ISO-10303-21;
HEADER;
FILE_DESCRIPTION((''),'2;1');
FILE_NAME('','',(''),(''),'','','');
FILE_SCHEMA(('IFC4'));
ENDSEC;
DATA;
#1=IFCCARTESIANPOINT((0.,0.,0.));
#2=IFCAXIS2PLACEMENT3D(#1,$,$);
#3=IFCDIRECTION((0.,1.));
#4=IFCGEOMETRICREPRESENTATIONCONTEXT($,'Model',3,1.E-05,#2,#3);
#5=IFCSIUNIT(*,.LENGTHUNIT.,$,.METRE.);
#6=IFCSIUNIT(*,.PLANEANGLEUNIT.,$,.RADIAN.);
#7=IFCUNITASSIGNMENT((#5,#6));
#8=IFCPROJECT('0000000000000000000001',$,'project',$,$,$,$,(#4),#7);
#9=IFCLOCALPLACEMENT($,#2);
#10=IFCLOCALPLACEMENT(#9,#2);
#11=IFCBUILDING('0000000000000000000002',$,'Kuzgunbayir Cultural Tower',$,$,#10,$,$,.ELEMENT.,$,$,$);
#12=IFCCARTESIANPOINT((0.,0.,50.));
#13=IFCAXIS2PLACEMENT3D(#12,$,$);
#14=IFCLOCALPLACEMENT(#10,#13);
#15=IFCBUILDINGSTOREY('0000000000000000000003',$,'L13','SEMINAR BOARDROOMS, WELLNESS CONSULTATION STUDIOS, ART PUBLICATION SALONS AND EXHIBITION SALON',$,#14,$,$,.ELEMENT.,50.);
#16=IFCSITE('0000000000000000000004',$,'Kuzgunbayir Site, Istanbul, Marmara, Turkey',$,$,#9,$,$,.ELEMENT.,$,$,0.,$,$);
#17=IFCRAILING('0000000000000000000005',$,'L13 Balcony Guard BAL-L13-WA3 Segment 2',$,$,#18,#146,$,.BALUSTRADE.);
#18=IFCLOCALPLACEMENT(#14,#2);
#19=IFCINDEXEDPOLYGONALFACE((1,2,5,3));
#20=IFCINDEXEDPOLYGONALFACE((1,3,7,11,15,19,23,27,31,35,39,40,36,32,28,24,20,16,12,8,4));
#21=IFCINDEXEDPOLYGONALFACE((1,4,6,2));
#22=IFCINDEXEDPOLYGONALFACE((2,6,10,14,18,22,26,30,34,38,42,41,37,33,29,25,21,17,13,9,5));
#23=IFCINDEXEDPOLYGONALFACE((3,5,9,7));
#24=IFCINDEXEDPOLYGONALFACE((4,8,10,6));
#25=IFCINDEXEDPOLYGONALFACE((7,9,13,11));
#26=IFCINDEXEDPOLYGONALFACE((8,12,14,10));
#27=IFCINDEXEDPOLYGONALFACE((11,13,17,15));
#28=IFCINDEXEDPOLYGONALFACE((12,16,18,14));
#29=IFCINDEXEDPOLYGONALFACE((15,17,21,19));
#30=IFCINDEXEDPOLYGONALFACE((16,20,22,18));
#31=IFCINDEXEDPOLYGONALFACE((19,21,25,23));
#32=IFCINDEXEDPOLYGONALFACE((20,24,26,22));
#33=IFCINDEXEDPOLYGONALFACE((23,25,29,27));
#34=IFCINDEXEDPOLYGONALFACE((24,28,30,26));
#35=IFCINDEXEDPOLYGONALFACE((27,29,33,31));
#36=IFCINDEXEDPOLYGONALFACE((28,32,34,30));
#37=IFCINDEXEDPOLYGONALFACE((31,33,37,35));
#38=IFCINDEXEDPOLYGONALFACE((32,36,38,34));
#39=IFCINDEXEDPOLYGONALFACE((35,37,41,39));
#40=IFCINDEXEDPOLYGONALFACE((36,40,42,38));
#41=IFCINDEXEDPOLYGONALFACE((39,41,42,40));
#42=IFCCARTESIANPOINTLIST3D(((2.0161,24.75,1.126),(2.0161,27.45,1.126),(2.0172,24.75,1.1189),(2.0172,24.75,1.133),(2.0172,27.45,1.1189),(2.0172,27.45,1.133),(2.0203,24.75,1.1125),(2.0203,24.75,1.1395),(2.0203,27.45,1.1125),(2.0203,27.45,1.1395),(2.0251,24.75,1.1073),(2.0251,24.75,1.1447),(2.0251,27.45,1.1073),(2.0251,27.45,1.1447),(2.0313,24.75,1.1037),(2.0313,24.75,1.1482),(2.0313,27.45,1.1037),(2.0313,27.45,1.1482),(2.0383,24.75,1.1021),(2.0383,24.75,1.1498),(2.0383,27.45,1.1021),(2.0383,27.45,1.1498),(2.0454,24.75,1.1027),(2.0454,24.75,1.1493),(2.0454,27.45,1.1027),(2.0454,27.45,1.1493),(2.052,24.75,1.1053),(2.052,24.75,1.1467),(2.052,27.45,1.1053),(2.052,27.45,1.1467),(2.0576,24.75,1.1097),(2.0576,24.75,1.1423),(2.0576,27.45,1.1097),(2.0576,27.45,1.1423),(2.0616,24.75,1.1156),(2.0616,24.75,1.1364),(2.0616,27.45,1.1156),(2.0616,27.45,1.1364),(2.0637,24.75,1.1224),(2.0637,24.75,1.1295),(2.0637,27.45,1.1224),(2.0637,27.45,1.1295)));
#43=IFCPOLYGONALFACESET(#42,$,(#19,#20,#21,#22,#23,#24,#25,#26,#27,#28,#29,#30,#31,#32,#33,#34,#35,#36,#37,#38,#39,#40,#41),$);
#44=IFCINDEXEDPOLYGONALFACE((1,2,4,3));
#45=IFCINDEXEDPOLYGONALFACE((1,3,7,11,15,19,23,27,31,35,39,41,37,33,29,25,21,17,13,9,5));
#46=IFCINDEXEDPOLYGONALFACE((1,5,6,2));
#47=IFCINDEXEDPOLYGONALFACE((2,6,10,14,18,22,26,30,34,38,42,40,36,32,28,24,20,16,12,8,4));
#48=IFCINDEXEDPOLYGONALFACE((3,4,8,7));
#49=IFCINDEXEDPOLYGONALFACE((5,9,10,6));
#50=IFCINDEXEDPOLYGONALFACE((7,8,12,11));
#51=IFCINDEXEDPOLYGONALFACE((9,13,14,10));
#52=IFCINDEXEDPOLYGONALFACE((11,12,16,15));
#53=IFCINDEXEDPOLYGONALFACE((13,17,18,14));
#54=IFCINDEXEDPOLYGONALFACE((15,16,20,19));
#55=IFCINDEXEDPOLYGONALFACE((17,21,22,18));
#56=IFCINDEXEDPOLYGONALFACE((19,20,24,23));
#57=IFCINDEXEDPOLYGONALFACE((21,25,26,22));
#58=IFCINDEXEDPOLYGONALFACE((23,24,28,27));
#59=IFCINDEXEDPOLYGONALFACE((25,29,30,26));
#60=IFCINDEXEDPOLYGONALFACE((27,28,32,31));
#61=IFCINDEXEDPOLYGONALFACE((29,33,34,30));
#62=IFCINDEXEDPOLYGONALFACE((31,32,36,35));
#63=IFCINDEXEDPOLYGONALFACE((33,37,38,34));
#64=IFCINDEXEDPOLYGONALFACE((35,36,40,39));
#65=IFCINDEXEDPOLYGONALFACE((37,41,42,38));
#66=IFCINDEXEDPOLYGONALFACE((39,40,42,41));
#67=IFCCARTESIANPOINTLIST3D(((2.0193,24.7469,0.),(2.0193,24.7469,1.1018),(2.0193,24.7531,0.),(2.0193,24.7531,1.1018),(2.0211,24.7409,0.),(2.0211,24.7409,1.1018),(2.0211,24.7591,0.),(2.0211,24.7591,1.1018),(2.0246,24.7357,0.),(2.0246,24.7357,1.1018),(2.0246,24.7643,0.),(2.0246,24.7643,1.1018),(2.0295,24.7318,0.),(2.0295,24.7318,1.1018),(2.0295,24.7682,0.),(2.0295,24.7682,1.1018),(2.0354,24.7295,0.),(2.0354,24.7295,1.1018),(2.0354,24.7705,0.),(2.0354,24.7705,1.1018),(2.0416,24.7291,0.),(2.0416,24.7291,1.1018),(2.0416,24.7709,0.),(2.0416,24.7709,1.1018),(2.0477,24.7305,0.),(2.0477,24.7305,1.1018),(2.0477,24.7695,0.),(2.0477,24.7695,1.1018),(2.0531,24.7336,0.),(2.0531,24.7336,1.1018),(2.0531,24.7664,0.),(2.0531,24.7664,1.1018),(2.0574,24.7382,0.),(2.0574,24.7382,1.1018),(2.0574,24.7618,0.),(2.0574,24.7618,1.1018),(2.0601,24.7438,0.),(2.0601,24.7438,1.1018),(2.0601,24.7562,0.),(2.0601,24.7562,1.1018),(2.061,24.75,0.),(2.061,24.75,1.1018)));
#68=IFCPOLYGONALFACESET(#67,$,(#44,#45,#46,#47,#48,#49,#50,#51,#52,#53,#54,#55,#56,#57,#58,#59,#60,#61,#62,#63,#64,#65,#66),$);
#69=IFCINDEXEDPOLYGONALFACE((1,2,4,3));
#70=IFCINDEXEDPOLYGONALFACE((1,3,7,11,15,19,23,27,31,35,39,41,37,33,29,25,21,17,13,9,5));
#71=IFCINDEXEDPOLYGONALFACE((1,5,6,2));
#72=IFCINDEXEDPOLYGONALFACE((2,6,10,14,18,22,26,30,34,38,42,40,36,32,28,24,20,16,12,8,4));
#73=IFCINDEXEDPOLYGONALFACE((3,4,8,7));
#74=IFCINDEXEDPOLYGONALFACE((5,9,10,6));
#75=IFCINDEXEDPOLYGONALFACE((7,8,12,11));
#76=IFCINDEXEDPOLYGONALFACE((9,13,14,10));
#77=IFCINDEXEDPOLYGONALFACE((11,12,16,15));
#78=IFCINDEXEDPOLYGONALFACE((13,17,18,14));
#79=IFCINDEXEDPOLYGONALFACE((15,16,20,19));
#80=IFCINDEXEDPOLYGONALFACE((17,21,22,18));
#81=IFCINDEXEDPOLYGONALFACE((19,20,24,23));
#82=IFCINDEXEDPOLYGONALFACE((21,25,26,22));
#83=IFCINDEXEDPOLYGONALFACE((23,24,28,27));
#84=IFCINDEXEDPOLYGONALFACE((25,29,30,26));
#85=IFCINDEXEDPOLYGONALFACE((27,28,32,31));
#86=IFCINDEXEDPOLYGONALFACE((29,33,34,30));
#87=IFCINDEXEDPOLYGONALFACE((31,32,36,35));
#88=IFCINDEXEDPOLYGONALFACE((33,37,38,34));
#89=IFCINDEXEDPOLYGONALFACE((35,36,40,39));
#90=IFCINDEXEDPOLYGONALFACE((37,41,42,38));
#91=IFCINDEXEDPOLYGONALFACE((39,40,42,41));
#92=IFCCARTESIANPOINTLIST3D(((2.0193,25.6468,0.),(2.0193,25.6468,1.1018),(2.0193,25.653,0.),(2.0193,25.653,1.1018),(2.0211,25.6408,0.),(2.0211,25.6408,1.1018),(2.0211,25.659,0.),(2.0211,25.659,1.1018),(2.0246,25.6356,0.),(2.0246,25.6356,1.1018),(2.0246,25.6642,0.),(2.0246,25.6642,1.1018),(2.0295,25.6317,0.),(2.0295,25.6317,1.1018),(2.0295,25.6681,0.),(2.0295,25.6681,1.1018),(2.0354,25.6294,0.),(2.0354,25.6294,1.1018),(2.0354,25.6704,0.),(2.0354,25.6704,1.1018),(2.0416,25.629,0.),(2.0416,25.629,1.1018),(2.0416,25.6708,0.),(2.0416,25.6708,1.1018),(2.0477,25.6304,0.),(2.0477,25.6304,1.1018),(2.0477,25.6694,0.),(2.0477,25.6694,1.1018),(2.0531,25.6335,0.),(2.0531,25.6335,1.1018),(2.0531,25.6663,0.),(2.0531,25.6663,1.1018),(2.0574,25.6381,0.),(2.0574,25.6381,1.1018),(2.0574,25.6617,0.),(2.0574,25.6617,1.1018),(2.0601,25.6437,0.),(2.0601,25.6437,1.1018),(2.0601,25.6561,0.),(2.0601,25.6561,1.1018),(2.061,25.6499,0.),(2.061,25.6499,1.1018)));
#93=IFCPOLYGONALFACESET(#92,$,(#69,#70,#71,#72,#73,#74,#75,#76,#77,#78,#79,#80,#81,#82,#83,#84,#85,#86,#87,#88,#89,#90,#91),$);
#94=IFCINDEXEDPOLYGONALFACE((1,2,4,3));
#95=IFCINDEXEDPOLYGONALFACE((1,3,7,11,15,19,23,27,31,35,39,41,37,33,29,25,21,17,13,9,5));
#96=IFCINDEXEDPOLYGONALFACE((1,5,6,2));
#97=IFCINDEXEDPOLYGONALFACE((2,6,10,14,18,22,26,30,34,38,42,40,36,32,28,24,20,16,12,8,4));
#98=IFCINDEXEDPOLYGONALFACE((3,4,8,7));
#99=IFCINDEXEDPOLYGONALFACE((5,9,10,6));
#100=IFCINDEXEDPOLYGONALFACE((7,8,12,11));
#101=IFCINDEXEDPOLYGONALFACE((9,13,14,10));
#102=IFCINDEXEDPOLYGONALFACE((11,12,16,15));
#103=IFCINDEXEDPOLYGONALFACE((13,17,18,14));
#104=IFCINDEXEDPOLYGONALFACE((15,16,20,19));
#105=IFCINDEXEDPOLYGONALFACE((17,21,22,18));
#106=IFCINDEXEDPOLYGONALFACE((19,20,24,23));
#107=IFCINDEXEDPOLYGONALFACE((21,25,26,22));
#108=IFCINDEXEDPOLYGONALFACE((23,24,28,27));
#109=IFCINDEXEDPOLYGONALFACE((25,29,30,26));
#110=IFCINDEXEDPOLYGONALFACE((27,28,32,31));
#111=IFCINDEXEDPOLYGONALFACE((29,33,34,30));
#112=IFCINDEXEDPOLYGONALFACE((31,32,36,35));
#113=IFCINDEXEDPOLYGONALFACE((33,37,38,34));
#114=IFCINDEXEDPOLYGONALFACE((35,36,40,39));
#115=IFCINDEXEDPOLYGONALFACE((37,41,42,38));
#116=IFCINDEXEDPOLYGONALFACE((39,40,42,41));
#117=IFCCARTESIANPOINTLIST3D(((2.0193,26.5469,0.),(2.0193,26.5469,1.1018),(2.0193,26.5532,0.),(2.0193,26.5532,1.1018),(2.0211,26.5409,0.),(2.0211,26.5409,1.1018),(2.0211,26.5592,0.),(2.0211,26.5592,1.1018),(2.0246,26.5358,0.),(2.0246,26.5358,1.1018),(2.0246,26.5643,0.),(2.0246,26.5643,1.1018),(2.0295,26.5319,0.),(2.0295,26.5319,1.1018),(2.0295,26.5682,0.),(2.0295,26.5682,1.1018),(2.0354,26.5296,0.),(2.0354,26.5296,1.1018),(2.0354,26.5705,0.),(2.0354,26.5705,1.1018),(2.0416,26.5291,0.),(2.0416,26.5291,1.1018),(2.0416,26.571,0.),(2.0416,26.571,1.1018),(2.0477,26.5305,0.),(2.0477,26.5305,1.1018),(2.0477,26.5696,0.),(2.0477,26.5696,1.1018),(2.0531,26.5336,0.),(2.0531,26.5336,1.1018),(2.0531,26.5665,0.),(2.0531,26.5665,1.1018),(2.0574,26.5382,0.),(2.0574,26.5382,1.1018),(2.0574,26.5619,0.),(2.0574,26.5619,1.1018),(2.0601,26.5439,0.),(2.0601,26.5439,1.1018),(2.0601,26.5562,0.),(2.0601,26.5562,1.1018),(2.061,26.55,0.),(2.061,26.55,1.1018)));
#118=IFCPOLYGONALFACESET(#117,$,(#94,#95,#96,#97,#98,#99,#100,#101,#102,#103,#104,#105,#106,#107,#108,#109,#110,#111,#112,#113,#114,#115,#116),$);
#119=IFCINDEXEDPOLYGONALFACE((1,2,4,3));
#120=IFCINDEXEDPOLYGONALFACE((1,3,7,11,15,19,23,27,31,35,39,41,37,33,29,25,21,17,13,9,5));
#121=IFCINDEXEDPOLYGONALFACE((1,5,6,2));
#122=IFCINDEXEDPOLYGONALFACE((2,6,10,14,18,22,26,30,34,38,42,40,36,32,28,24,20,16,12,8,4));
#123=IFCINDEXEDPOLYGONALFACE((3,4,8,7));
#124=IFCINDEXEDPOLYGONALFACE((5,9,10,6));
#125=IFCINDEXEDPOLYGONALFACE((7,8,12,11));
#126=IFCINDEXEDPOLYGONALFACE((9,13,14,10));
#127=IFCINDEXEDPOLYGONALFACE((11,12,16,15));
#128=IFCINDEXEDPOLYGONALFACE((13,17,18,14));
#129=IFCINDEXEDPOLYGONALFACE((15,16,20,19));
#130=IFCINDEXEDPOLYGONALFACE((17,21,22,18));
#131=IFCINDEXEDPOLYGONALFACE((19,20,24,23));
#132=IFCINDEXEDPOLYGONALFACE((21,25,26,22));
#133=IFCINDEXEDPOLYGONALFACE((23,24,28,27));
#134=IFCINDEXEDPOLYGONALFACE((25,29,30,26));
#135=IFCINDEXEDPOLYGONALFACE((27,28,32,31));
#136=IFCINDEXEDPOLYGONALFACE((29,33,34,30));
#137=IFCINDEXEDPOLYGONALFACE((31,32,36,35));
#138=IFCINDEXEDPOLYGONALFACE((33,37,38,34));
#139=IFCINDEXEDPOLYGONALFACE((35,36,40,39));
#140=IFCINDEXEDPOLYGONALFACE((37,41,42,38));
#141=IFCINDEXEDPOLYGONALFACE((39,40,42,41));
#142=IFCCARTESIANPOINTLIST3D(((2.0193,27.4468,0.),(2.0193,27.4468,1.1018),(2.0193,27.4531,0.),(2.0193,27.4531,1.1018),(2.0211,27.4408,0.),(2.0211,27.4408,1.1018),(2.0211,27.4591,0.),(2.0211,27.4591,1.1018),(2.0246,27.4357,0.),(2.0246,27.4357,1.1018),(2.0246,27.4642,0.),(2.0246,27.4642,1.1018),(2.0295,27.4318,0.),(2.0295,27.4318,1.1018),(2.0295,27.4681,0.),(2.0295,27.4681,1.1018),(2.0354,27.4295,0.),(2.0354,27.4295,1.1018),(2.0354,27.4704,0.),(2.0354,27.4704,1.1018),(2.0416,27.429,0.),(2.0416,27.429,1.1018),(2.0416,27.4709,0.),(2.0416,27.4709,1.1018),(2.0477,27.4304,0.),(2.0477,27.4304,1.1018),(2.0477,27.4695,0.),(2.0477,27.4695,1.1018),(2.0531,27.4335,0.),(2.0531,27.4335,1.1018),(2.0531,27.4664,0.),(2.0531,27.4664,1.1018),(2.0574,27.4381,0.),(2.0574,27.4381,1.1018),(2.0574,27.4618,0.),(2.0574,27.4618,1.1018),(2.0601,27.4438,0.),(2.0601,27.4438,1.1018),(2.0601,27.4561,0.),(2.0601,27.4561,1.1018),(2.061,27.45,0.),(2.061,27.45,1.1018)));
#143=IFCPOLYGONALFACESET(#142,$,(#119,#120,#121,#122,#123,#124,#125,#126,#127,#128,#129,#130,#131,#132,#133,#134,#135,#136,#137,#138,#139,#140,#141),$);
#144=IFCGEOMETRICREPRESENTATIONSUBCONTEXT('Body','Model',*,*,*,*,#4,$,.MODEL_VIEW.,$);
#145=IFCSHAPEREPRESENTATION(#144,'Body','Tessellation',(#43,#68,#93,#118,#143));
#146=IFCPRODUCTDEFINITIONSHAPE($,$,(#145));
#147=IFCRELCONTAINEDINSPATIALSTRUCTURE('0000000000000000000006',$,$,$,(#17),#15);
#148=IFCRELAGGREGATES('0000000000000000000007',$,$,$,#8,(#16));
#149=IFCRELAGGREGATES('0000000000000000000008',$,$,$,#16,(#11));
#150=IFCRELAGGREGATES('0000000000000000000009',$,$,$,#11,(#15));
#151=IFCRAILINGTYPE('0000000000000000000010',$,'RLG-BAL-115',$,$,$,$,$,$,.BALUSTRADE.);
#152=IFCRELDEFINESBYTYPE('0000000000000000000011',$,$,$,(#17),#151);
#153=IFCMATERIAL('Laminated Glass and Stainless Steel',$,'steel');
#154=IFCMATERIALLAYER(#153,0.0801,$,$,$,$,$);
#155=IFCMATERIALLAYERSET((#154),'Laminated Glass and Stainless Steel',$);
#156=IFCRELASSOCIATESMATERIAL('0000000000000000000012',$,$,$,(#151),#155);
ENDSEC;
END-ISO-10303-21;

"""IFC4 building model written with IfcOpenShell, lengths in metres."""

from ifc_helpers import new_model, si_unit, direction, frame, origin, origin_2d, place, context, subcontext, project, spatial, circle, extrude, material, layer, layer_set, type_object, element, save


model = new_model("IFC4")

# Units and contexts
model_context = context("Model", 3, precision=1e-05, world=origin(), true_north=direction((0.0, 1.0)))
body_context = subcontext(model_context, "Body", "Model", "MODEL_VIEW")
ifc_project = project(units=[si_unit("LENGTHUNIT", "METRE"), si_unit("PLANEANGLEUNIT", "RADIAN")], contexts=[model_context])

# Site, building, storey
site_placement = place(None, origin())
site = spatial("IfcSite", under=ifc_project, at=site_placement, Name="Kuzgunbayir Site, Istanbul, Marmara, Turkey", CompositionType="ELEMENT", RefElevation=0.0)
building_placement = place(site_placement, origin())
building = spatial("IfcBuilding", under=site, at=building_placement, Name="Kuzgunbayir Cultural Tower", CompositionType="ELEMENT")
storey_placement = place(building_placement, frame((0.0, 0.0, 50.0)))
storey = spatial("IfcBuildingStorey", under=building, at=storey_placement, Name="L13", Description="SEMINAR BOARDROOMS, WELLNESS CONSULTATION STUDIOS, ART PUBLICATION SALONS AND EXHIBITION SALON", CompositionType="ELEMENT", Elevation=50.0)

# Railing
ifc_material_1 = material(Name="Laminated Glass and Stainless Steel", Category="steel")
ifc_layer_1 = layer(ifc_material_1, 0.0801)
ifc_layer_set_1 = layer_set([ifc_layer_1], Name="Laminated Glass and Stainless Steel")
railing_type = type_object("IfcRailingType", Name="RLG-BAL-115", PredefinedType="BALUSTRADE", material=ifc_layer_set_1)
railing_1_placement = place(storey_placement, frame((2.04, 24.75, 0.0)))
element("IfcRailing", 1, at=railing_1_placement, inside=storey, type_object=railing_type, Name="L13 Balcony Guard BAL-L13-WA3 Segment 2", PredefinedType="BALUSTRADE", context=body_context, shape_type="SweptSolid", body=[
    extrude(circle(Radius=0.0239, at=origin_2d()), frame((0.0, 0.0, 1.126), z_axis=(0.0, 1.0, 0.0), x_axis=(-1.0, 0.0, 0.0)), (0.0, 0.0, 1.0), 2.7),
    extrude(circle(Radius=0.021, at=origin_2d()), origin(), (0.0, 0.0, 1.0), 1.1018),
    extrude(circle(Radius=0.021, at=origin_2d()), frame((0.0, 0.8999, 0.0)), (0.0, 0.0, 1.0), 1.1018),
    extrude(circle(Radius=0.021, at=origin_2d()), frame((0.0, 1.8, 0.0)), (0.0, 0.0, 1.0), 1.1018),
    extrude(circle(Radius=0.021, at=origin_2d()), frame((0.0, 2.7, 0.0)), (0.0, 0.0, 1.0), 1.1018),
])

save(model, "model.ifc")
